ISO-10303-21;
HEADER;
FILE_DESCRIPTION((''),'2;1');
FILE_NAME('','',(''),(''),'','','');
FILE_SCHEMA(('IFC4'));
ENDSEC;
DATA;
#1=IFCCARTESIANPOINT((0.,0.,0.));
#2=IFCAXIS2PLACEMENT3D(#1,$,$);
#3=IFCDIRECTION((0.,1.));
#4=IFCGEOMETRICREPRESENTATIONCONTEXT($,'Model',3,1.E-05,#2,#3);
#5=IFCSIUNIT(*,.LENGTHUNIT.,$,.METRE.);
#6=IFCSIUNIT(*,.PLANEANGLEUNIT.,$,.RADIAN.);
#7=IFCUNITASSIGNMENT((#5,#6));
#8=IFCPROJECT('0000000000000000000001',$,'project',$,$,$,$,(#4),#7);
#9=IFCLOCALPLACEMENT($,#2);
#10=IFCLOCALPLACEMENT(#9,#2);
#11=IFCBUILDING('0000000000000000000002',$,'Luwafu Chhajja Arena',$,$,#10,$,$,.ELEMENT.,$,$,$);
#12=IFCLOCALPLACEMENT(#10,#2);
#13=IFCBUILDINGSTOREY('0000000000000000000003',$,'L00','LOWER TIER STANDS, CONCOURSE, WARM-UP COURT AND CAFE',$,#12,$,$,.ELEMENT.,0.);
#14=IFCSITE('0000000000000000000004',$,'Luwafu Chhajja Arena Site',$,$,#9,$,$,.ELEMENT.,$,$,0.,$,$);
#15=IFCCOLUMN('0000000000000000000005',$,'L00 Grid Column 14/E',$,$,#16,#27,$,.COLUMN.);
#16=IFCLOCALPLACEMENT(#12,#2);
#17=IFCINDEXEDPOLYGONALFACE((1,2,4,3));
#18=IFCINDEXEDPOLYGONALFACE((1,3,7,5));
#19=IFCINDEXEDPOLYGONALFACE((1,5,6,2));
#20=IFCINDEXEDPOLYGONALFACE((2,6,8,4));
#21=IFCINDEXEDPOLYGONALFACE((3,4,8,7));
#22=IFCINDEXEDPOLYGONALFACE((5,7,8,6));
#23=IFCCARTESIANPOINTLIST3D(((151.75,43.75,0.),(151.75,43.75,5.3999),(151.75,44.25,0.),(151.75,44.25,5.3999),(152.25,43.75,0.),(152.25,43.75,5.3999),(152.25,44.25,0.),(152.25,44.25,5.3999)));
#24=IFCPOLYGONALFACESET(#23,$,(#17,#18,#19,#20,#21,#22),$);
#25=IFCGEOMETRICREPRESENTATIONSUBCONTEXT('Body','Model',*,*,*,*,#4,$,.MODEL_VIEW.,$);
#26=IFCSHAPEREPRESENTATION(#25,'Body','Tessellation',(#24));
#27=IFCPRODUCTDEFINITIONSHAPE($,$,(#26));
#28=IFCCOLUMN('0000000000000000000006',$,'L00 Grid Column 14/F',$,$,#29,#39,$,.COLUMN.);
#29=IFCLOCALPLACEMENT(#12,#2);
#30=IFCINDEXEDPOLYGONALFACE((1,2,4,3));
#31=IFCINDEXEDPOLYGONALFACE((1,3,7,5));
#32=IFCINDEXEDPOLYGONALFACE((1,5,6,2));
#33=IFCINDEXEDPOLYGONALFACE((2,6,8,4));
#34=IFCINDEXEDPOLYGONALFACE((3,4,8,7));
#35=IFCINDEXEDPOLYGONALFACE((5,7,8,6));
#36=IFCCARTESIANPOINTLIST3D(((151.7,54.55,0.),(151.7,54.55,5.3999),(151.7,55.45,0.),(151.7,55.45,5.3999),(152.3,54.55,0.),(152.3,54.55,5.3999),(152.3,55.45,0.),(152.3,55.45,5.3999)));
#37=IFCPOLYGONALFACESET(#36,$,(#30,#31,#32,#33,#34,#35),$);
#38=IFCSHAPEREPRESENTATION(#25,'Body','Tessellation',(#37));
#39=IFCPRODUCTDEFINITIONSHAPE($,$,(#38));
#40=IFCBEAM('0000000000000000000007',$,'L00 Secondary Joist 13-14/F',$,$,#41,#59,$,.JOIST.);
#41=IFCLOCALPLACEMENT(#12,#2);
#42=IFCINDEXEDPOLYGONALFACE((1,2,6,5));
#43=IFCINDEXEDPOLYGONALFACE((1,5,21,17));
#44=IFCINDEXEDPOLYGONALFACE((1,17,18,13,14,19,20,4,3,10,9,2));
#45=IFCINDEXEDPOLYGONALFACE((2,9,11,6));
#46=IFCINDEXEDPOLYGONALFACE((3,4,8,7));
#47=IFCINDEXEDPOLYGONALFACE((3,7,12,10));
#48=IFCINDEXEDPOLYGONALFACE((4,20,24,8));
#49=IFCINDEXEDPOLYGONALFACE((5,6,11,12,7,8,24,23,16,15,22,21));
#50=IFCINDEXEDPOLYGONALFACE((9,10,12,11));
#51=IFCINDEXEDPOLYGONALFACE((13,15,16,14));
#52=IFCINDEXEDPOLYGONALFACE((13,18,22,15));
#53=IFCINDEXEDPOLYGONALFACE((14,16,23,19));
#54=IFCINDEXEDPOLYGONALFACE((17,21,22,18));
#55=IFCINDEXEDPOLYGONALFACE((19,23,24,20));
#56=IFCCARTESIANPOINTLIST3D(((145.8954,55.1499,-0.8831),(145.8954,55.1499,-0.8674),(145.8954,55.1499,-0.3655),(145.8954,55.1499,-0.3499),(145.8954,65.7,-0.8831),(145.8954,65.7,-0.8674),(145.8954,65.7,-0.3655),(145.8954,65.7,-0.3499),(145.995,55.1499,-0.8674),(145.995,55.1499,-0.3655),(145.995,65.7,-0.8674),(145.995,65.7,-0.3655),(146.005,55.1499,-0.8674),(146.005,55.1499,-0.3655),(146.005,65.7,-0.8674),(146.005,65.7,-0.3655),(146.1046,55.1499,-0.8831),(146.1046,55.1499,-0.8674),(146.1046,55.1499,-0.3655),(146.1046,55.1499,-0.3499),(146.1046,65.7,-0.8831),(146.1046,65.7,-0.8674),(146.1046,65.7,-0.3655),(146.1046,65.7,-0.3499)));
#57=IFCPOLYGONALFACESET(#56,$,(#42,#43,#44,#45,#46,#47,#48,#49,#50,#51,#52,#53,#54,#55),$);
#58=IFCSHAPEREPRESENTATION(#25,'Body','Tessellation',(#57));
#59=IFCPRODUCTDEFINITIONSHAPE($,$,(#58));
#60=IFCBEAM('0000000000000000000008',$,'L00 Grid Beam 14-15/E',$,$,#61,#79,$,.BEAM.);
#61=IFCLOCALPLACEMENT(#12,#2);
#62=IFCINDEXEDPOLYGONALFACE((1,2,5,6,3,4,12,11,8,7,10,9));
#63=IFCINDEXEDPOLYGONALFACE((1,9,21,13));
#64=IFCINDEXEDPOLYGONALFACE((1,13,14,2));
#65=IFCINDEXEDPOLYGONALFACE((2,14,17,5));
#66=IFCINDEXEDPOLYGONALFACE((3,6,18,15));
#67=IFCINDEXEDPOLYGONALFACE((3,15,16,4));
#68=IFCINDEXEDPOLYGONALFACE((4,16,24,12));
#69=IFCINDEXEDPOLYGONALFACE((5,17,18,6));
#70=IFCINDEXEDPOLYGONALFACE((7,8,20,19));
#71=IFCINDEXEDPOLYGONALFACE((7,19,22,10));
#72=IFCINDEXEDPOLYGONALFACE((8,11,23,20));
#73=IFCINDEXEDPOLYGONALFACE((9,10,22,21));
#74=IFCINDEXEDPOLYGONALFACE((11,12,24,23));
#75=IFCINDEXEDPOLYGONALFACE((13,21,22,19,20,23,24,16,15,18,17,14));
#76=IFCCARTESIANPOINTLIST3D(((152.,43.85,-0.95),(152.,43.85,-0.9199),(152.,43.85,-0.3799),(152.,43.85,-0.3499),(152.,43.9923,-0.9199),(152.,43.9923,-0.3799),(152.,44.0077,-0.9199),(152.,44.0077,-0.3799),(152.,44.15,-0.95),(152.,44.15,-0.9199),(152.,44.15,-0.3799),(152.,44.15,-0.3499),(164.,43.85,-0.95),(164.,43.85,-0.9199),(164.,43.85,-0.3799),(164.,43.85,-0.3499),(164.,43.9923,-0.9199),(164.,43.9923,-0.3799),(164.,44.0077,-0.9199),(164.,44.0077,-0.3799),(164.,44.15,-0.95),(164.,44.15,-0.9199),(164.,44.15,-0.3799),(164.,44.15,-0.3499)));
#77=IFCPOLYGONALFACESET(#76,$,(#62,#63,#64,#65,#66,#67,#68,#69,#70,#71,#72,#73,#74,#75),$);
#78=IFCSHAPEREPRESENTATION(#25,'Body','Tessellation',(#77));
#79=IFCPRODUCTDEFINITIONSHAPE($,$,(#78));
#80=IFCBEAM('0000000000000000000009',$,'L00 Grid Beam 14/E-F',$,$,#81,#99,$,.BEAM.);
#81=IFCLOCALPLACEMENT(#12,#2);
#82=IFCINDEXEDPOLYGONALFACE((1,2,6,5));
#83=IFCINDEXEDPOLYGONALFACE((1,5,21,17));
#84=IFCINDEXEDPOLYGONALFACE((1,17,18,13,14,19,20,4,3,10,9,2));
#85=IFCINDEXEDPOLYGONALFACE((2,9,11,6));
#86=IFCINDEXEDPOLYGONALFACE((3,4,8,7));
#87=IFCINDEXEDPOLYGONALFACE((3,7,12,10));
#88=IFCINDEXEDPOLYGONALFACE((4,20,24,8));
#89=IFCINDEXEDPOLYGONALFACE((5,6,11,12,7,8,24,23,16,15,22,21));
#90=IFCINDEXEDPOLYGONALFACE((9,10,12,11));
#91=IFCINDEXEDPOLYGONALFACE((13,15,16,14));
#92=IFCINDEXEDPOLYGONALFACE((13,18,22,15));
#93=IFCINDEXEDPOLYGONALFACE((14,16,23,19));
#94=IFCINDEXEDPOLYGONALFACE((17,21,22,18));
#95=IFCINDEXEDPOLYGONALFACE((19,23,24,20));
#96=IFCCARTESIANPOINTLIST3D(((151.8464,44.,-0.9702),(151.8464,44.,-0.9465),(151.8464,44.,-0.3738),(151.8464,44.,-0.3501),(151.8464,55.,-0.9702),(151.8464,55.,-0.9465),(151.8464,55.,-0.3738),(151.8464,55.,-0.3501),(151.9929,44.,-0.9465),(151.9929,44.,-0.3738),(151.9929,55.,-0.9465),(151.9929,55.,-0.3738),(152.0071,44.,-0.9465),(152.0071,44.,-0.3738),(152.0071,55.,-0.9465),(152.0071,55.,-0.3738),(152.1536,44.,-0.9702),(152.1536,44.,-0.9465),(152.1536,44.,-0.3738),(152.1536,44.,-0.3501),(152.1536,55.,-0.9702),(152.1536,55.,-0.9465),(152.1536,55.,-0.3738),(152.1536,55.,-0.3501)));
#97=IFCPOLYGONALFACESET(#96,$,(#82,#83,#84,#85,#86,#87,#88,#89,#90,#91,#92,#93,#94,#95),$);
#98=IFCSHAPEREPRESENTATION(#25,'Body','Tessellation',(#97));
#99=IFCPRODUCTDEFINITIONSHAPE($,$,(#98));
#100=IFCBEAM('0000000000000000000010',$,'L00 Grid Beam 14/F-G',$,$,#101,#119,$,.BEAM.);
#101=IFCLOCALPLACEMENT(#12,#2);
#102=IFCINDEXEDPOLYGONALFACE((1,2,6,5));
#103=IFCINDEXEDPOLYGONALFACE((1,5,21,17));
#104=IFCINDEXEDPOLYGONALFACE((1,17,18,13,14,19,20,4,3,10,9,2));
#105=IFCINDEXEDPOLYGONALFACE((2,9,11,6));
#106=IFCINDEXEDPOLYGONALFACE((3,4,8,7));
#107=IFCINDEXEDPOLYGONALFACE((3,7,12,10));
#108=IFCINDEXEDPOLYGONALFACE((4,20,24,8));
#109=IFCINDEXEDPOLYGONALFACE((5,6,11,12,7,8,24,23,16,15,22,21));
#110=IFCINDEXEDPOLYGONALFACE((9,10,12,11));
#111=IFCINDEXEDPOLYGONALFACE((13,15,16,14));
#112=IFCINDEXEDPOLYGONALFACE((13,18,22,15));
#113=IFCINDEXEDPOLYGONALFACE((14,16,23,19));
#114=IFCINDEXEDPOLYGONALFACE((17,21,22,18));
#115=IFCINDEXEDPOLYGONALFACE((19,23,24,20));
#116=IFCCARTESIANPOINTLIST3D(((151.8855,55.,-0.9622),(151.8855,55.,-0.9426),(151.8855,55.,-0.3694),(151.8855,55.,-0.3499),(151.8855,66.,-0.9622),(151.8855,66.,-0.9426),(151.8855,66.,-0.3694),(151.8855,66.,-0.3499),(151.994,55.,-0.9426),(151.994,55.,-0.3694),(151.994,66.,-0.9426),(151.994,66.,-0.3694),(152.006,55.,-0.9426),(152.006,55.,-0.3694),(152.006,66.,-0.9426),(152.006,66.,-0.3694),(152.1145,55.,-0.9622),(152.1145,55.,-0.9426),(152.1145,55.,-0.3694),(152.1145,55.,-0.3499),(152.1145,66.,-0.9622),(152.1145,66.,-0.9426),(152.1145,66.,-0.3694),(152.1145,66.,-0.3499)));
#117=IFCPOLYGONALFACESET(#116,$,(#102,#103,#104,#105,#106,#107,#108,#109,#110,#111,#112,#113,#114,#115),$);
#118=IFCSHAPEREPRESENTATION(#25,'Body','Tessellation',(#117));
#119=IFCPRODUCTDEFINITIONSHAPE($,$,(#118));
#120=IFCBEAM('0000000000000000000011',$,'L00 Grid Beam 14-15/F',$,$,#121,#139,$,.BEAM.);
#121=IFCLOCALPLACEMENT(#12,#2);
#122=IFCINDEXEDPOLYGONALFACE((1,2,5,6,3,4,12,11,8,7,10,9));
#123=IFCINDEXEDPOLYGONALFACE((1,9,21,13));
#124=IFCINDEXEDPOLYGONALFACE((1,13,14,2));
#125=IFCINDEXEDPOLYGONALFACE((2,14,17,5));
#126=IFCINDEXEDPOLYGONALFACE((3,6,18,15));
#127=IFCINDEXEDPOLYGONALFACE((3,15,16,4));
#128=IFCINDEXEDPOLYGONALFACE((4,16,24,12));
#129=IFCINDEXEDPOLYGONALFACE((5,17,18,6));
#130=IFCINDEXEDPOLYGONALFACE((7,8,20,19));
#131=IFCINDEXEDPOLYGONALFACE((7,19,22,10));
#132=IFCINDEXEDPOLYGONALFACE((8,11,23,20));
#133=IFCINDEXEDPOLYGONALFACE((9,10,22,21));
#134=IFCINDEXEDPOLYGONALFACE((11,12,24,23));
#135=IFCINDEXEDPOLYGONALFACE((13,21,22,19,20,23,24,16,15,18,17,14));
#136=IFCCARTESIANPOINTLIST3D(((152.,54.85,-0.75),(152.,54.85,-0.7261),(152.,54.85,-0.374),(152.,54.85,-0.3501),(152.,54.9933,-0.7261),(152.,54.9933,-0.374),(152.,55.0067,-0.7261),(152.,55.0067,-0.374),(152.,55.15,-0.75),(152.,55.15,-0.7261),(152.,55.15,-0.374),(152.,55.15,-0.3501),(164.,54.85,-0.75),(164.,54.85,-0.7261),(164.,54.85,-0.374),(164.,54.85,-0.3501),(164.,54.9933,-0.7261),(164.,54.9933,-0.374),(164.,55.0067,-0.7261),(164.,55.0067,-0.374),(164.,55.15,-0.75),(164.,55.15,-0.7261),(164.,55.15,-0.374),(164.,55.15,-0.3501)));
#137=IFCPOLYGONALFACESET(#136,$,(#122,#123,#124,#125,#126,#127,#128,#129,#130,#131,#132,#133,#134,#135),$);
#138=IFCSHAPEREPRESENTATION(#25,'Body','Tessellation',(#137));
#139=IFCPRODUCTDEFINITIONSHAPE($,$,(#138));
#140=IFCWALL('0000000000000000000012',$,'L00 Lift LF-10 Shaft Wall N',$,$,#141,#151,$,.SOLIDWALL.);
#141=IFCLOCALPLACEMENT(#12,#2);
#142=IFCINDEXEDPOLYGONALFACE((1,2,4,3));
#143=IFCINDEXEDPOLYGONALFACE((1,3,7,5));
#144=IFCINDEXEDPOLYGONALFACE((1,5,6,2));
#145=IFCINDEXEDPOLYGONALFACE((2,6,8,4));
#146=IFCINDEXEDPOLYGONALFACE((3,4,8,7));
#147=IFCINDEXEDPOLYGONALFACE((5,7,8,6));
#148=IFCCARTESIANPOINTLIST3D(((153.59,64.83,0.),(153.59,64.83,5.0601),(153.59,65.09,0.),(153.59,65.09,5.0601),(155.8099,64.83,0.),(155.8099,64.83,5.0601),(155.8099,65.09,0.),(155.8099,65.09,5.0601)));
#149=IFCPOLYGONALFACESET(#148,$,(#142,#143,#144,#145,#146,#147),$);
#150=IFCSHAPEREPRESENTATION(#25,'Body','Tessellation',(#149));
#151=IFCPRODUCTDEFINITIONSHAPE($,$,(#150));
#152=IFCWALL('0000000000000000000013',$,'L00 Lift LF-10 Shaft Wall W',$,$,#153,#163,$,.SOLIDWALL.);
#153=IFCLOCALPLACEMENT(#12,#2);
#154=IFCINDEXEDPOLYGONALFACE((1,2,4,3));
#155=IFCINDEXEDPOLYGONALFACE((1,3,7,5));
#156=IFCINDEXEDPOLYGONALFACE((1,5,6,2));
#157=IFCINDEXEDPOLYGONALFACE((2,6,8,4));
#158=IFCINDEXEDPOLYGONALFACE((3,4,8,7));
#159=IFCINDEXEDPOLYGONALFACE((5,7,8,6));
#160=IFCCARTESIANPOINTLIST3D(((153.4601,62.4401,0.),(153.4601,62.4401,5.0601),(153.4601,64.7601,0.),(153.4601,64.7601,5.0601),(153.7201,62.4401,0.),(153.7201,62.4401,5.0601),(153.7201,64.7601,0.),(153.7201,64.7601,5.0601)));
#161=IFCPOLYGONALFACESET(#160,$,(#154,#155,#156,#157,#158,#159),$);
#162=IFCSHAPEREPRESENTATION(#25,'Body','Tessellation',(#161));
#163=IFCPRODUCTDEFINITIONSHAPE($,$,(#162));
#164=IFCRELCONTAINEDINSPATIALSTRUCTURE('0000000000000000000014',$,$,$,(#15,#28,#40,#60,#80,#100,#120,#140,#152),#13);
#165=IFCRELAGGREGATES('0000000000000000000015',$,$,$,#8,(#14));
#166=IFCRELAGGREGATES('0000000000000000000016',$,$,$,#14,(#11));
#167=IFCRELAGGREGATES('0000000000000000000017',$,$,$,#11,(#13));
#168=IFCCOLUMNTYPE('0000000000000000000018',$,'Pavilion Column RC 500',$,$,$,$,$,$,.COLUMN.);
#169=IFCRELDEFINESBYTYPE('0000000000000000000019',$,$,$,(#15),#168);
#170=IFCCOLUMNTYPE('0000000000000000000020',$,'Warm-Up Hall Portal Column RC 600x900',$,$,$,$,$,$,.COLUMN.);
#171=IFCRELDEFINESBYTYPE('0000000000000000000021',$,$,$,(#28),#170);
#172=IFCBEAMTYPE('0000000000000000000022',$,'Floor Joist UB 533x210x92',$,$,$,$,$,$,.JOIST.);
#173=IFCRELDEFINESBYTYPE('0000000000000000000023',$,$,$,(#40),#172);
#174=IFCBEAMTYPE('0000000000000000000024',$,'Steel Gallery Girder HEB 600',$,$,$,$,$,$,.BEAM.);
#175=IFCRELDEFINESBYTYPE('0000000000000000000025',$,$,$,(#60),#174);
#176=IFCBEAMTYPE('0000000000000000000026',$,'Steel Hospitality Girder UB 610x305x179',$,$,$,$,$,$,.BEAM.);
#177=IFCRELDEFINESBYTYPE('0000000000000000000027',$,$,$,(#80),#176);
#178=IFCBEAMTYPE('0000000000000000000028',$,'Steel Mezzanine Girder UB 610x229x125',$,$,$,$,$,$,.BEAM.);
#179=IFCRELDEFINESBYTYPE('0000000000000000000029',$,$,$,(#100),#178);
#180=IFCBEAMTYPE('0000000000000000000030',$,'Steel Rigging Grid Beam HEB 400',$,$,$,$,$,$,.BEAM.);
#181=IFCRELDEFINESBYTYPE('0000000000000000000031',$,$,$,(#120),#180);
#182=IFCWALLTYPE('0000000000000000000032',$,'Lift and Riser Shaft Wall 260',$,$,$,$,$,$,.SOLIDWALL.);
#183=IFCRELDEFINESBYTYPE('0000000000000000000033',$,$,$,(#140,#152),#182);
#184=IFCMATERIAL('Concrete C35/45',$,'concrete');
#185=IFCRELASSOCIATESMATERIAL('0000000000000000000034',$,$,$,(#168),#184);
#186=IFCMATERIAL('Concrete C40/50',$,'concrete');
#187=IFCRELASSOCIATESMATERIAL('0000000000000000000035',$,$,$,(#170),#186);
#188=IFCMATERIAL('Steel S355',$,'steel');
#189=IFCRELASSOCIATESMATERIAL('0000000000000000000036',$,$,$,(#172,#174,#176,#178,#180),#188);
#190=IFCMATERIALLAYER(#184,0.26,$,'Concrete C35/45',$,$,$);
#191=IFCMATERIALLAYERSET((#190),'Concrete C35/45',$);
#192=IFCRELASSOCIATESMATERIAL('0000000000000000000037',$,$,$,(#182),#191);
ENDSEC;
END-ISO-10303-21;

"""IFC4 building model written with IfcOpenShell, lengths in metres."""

from ifc_helpers import new_model, si_unit, direction, frame, frame_2d, origin, origin_2d, place, context, subcontext, project, spatial, rectangle, i_section, extrude, material, layer, layer_set, material_profile, profile_set, type_object, element, save


model = new_model("IFC4")

# Units and contexts
model_context = context("Model", 3, precision=1e-05, world=origin(), true_north=direction((0.0, 1.0)))
body_context = subcontext(model_context, "Body", "Model", "MODEL_VIEW")
ifc_project = project(units=[si_unit("LENGTHUNIT", "METRE"), si_unit("PLANEANGLEUNIT", "RADIAN")], contexts=[model_context])

# Site, building, storey
site_placement = place(None, origin())
site = spatial("IfcSite", under=ifc_project, at=site_placement, Name="Luwafu Chhajja Arena Site", CompositionType="ELEMENT", RefElevation=0.0)
building_placement = place(site_placement, origin())
building = spatial("IfcBuilding", under=site, at=building_placement, Name="Luwafu Chhajja Arena", CompositionType="ELEMENT")
storey_placement = place(building_placement, origin())
storey = spatial("IfcBuildingStorey", under=building, at=storey_placement, Name="L00", Description="LOWER TIER STANDS, CONCOURSE, WARM-UP COURT AND CAFE", CompositionType="ELEMENT", Elevation=0.0)

# Columns
ifc_material_1 = material(Name="Concrete C35/45", Category="concrete")
ifc_material_profile_1 = material_profile(ifc_material_1, rectangle(XDim=0.5, YDim=0.5, at=origin_2d()), Name="RC 500x500")
ifc_profile_set_1 = profile_set([ifc_material_profile_1], Name="Concrete C35/45")
column_type_1 = type_object("IfcColumnType", Name="Pavilion Column RC 500", PredefinedType="COLUMN", material=ifc_profile_set_1)
column_1_placement = place(storey_placement, frame((152.0, 44.0, 0.0), z_axis=(0.0, 0.0, 1.0), x_axis=(1.0, 0.0, 0.0)))
element("IfcColumn", 1, at=column_1_placement, inside=storey, type_object=column_type_1, Name="L00 Grid Column 14/E", PredefinedType="COLUMN", context=body_context, shape_type="SweptSolid", body=[
    extrude(rectangle(XDim=0.5, YDim=0.5, at=origin_2d()), origin(), (0.0, 0.0, 1.0), 5.3999),
])
ifc_material_2 = material(Name="Concrete C40/50", Category="concrete")
ifc_material_profile_2 = material_profile(ifc_material_2, rectangle(XDim=0.6001, YDim=0.8999, at=origin_2d()), Name="RC 600x900")
ifc_profile_set_2 = profile_set([ifc_material_profile_2], Name="Concrete C40/50")
column_type_2 = type_object("IfcColumnType", Name="Warm-Up Hall Portal Column RC 600x900", PredefinedType="COLUMN", material=ifc_profile_set_2)
column_2_placement = place(storey_placement, frame((152.0, 55.0, 0.0), z_axis=(0.0, 0.0, 1.0), x_axis=(1.0, 0.0, 0.0)))
element("IfcColumn", 2, at=column_2_placement, inside=storey, type_object=column_type_2, Name="L00 Grid Column 14/F", PredefinedType="COLUMN", context=body_context, shape_type="SweptSolid", body=[
    extrude(rectangle(XDim=0.6001, YDim=0.8999, at=origin_2d()), origin(), (0.0, 0.0, 1.0), 5.3999),
])

# Beams
ifc_material_3 = material(Name="Steel S355", Category="steel")
ifc_material_profile_3 = material_profile(ifc_material_3, i_section(OverallWidth=0.2092, OverallDepth=0.5332, WebThickness=0.01, FlangeThickness=0.0156, at=origin_2d()), Name="UB 533x210x92")
ifc_profile_set_3 = profile_set([ifc_material_profile_3], Name="Steel S355")
beam_type_1 = type_object("IfcBeamType", Name="Floor Joist UB 533x210x92", PredefinedType="JOIST", material=ifc_profile_set_3)
beam_1_placement = place(storey_placement, frame((146.0, 55.1499, -0.6165), z_axis=(0.0, 1.0, 0.0), x_axis=(-1.0, 0.0, 0.0)))
element("IfcBeam", 3, at=beam_1_placement, inside=storey, type_object=beam_type_1, Name="L00 Secondary Joist 13-14/F", PredefinedType="JOIST", context=body_context, shape_type="SweptSolid", body=[
    extrude(i_section(OverallWidth=0.2092, OverallDepth=0.5332, WebThickness=0.01, FlangeThickness=0.0156, at=origin_2d()), origin(), (0.0, 0.0, 1.0), 10.55),
])
ifc_material_profile_4 = material_profile(ifc_material_3, i_section(OverallWidth=0.3, OverallDepth=0.6001, WebThickness=0.0154, FlangeThickness=0.03, at=origin_2d()), Name="HEB 600")
ifc_profile_set_4 = profile_set([ifc_material_profile_4], Name="Steel S355")
beam_type_2 = type_object("IfcBeamType", Name="Steel Gallery Girder HEB 600", PredefinedType="BEAM", material=ifc_profile_set_4)
beam_2_placement = place(storey_placement, frame((152.0, 44.0, -0.6499), z_axis=(1.0, 0.0, 0.0), x_axis=(0.0, 1.0, 0.0)))
element("IfcBeam", 4, at=beam_2_placement, inside=storey, type_object=beam_type_2, Name="L00 Grid Beam 14-15/E", PredefinedType="BEAM", context=body_context, shape_type="SweptSolid", body=[
    extrude(i_section(OverallWidth=0.3, OverallDepth=0.6001, WebThickness=0.0154, FlangeThickness=0.03, at=origin_2d()), origin(), (0.0, 0.0, 1.0), 12.0),
])
ifc_material_profile_5 = material_profile(ifc_material_3, i_section(OverallWidth=0.3071, OverallDepth=0.6201, WebThickness=0.0142, FlangeThickness=0.0237, at=origin_2d()), Name="UB 610x305x179")
ifc_profile_set_5 = profile_set([ifc_material_profile_5], Name="Steel S355")
beam_type_3 = type_object("IfcBeamType", Name="Steel Hospitality Girder UB 610x305x179", PredefinedType="BEAM", material=ifc_profile_set_5)
beam_3_placement = place(storey_placement, frame((152.0, 44.0, -0.6602), z_axis=(0.0, 1.0, 0.0), x_axis=(-1.0, 0.0, 0.0)))
element("IfcBeam", 5, at=beam_3_placement, inside=storey, type_object=beam_type_3, Name="L00 Grid Beam 14/E-F", PredefinedType="BEAM", context=body_context, shape_type="SweptSolid", body=[
    extrude(i_section(OverallWidth=0.3071, OverallDepth=0.6201, WebThickness=0.0142, FlangeThickness=0.0237, at=origin_2d()), origin(), (0.0, 0.0, 1.0), 11.0),
])
ifc_material_profile_6 = material_profile(ifc_material_3, i_section(OverallWidth=0.229, OverallDepth=0.6123, WebThickness=0.012, FlangeThickness=0.0195, at=origin_2d()), Name="UB 610x229x125")
ifc_profile_set_6 = profile_set([ifc_material_profile_6], Name="Steel S355")
beam_type_4 = type_object("IfcBeamType", Name="Steel Mezzanine Girder UB 610x229x125", PredefinedType="BEAM", material=ifc_profile_set_6)
beam_4_placement = place(storey_placement, frame((152.0, 55.0, -0.656), z_axis=(0.0, 1.0, 0.0), x_axis=(-1.0, 0.0, 0.0)))
element("IfcBeam", 6, at=beam_4_placement, inside=storey, type_object=beam_type_4, Name="L00 Grid Beam 14/F-G", PredefinedType="BEAM", context=body_context, shape_type="SweptSolid", body=[
    extrude(i_section(OverallWidth=0.229, OverallDepth=0.6123, WebThickness=0.012, FlangeThickness=0.0195, at=origin_2d()), origin(), (0.0, 0.0, 1.0), 11.0),
])
ifc_material_profile_7 = material_profile(ifc_material_3, i_section(OverallWidth=0.3, OverallDepth=0.3999, WebThickness=0.0134, FlangeThickness=0.0239, at=origin_2d()), Name="HEB 400")
ifc_profile_set_7 = profile_set([ifc_material_profile_7], Name="Steel S355")
beam_type_5 = type_object("IfcBeamType", Name="Steel Rigging Grid Beam HEB 400", PredefinedType="BEAM", material=ifc_profile_set_7)
beam_5_placement = place(storey_placement, frame((152.0, 55.0, -0.55), z_axis=(1.0, 0.0, 0.0), x_axis=(0.0, 1.0, 0.0)))
element("IfcBeam", 7, at=beam_5_placement, inside=storey, type_object=beam_type_5, Name="L00 Grid Beam 14-15/F", PredefinedType="BEAM", context=body_context, shape_type="SweptSolid", body=[
    extrude(i_section(OverallWidth=0.3, OverallDepth=0.3999, WebThickness=0.0134, FlangeThickness=0.0239, at=origin_2d()), origin(), (0.0, 0.0, 1.0), 12.0),
])

# Shared definitions
ifc_layer_1 = layer(ifc_material_1, 0.26, Name="Concrete C35/45")
ifc_layer_set_1 = layer_set([ifc_layer_1], Name="Concrete C35/45")
wall_type_1 = type_object("IfcWallType", Name="Lift and Riser Shaft Wall 260", PredefinedType="SOLIDWALL", material=ifc_layer_set_1)

# Walls
wall_1_placement = place(storey_placement, frame((153.5901, 64.96, 0.0), z_axis=(0.0, 0.0, 1.0), x_axis=(1.0, 0.0, 0.0)))
element("IfcWall", 8, at=wall_1_placement, inside=storey, type_object=wall_type_1, Name="L00 Lift LF-10 Shaft Wall N", PredefinedType="SOLIDWALL", context=body_context, shape_type="SweptSolid", body=[
    extrude(rectangle(XDim=2.22, YDim=0.26, at=frame_2d((1.1099, 0.0))), origin(), (0.0, 0.0, 1.0), 5.0601),
])
wall_2_placement = place(storey_placement, frame((153.5901, 62.4399, 0.0), z_axis=(0.0, 0.0, 1.0), x_axis=(0.0, 1.0, 0.0)))
element("IfcWall", 9, at=wall_2_placement, inside=storey, type_object=wall_type_1, Name="L00 Lift LF-10 Shaft Wall W", PredefinedType="SOLIDWALL", context=body_context, shape_type="SweptSolid", body=[
    extrude(rectangle(XDim=2.3201, YDim=0.26, at=frame_2d((1.1602, 0.0))), origin(), (0.0, 0.0, 1.0), 5.0601),
])

save(model, "model.ifc")
